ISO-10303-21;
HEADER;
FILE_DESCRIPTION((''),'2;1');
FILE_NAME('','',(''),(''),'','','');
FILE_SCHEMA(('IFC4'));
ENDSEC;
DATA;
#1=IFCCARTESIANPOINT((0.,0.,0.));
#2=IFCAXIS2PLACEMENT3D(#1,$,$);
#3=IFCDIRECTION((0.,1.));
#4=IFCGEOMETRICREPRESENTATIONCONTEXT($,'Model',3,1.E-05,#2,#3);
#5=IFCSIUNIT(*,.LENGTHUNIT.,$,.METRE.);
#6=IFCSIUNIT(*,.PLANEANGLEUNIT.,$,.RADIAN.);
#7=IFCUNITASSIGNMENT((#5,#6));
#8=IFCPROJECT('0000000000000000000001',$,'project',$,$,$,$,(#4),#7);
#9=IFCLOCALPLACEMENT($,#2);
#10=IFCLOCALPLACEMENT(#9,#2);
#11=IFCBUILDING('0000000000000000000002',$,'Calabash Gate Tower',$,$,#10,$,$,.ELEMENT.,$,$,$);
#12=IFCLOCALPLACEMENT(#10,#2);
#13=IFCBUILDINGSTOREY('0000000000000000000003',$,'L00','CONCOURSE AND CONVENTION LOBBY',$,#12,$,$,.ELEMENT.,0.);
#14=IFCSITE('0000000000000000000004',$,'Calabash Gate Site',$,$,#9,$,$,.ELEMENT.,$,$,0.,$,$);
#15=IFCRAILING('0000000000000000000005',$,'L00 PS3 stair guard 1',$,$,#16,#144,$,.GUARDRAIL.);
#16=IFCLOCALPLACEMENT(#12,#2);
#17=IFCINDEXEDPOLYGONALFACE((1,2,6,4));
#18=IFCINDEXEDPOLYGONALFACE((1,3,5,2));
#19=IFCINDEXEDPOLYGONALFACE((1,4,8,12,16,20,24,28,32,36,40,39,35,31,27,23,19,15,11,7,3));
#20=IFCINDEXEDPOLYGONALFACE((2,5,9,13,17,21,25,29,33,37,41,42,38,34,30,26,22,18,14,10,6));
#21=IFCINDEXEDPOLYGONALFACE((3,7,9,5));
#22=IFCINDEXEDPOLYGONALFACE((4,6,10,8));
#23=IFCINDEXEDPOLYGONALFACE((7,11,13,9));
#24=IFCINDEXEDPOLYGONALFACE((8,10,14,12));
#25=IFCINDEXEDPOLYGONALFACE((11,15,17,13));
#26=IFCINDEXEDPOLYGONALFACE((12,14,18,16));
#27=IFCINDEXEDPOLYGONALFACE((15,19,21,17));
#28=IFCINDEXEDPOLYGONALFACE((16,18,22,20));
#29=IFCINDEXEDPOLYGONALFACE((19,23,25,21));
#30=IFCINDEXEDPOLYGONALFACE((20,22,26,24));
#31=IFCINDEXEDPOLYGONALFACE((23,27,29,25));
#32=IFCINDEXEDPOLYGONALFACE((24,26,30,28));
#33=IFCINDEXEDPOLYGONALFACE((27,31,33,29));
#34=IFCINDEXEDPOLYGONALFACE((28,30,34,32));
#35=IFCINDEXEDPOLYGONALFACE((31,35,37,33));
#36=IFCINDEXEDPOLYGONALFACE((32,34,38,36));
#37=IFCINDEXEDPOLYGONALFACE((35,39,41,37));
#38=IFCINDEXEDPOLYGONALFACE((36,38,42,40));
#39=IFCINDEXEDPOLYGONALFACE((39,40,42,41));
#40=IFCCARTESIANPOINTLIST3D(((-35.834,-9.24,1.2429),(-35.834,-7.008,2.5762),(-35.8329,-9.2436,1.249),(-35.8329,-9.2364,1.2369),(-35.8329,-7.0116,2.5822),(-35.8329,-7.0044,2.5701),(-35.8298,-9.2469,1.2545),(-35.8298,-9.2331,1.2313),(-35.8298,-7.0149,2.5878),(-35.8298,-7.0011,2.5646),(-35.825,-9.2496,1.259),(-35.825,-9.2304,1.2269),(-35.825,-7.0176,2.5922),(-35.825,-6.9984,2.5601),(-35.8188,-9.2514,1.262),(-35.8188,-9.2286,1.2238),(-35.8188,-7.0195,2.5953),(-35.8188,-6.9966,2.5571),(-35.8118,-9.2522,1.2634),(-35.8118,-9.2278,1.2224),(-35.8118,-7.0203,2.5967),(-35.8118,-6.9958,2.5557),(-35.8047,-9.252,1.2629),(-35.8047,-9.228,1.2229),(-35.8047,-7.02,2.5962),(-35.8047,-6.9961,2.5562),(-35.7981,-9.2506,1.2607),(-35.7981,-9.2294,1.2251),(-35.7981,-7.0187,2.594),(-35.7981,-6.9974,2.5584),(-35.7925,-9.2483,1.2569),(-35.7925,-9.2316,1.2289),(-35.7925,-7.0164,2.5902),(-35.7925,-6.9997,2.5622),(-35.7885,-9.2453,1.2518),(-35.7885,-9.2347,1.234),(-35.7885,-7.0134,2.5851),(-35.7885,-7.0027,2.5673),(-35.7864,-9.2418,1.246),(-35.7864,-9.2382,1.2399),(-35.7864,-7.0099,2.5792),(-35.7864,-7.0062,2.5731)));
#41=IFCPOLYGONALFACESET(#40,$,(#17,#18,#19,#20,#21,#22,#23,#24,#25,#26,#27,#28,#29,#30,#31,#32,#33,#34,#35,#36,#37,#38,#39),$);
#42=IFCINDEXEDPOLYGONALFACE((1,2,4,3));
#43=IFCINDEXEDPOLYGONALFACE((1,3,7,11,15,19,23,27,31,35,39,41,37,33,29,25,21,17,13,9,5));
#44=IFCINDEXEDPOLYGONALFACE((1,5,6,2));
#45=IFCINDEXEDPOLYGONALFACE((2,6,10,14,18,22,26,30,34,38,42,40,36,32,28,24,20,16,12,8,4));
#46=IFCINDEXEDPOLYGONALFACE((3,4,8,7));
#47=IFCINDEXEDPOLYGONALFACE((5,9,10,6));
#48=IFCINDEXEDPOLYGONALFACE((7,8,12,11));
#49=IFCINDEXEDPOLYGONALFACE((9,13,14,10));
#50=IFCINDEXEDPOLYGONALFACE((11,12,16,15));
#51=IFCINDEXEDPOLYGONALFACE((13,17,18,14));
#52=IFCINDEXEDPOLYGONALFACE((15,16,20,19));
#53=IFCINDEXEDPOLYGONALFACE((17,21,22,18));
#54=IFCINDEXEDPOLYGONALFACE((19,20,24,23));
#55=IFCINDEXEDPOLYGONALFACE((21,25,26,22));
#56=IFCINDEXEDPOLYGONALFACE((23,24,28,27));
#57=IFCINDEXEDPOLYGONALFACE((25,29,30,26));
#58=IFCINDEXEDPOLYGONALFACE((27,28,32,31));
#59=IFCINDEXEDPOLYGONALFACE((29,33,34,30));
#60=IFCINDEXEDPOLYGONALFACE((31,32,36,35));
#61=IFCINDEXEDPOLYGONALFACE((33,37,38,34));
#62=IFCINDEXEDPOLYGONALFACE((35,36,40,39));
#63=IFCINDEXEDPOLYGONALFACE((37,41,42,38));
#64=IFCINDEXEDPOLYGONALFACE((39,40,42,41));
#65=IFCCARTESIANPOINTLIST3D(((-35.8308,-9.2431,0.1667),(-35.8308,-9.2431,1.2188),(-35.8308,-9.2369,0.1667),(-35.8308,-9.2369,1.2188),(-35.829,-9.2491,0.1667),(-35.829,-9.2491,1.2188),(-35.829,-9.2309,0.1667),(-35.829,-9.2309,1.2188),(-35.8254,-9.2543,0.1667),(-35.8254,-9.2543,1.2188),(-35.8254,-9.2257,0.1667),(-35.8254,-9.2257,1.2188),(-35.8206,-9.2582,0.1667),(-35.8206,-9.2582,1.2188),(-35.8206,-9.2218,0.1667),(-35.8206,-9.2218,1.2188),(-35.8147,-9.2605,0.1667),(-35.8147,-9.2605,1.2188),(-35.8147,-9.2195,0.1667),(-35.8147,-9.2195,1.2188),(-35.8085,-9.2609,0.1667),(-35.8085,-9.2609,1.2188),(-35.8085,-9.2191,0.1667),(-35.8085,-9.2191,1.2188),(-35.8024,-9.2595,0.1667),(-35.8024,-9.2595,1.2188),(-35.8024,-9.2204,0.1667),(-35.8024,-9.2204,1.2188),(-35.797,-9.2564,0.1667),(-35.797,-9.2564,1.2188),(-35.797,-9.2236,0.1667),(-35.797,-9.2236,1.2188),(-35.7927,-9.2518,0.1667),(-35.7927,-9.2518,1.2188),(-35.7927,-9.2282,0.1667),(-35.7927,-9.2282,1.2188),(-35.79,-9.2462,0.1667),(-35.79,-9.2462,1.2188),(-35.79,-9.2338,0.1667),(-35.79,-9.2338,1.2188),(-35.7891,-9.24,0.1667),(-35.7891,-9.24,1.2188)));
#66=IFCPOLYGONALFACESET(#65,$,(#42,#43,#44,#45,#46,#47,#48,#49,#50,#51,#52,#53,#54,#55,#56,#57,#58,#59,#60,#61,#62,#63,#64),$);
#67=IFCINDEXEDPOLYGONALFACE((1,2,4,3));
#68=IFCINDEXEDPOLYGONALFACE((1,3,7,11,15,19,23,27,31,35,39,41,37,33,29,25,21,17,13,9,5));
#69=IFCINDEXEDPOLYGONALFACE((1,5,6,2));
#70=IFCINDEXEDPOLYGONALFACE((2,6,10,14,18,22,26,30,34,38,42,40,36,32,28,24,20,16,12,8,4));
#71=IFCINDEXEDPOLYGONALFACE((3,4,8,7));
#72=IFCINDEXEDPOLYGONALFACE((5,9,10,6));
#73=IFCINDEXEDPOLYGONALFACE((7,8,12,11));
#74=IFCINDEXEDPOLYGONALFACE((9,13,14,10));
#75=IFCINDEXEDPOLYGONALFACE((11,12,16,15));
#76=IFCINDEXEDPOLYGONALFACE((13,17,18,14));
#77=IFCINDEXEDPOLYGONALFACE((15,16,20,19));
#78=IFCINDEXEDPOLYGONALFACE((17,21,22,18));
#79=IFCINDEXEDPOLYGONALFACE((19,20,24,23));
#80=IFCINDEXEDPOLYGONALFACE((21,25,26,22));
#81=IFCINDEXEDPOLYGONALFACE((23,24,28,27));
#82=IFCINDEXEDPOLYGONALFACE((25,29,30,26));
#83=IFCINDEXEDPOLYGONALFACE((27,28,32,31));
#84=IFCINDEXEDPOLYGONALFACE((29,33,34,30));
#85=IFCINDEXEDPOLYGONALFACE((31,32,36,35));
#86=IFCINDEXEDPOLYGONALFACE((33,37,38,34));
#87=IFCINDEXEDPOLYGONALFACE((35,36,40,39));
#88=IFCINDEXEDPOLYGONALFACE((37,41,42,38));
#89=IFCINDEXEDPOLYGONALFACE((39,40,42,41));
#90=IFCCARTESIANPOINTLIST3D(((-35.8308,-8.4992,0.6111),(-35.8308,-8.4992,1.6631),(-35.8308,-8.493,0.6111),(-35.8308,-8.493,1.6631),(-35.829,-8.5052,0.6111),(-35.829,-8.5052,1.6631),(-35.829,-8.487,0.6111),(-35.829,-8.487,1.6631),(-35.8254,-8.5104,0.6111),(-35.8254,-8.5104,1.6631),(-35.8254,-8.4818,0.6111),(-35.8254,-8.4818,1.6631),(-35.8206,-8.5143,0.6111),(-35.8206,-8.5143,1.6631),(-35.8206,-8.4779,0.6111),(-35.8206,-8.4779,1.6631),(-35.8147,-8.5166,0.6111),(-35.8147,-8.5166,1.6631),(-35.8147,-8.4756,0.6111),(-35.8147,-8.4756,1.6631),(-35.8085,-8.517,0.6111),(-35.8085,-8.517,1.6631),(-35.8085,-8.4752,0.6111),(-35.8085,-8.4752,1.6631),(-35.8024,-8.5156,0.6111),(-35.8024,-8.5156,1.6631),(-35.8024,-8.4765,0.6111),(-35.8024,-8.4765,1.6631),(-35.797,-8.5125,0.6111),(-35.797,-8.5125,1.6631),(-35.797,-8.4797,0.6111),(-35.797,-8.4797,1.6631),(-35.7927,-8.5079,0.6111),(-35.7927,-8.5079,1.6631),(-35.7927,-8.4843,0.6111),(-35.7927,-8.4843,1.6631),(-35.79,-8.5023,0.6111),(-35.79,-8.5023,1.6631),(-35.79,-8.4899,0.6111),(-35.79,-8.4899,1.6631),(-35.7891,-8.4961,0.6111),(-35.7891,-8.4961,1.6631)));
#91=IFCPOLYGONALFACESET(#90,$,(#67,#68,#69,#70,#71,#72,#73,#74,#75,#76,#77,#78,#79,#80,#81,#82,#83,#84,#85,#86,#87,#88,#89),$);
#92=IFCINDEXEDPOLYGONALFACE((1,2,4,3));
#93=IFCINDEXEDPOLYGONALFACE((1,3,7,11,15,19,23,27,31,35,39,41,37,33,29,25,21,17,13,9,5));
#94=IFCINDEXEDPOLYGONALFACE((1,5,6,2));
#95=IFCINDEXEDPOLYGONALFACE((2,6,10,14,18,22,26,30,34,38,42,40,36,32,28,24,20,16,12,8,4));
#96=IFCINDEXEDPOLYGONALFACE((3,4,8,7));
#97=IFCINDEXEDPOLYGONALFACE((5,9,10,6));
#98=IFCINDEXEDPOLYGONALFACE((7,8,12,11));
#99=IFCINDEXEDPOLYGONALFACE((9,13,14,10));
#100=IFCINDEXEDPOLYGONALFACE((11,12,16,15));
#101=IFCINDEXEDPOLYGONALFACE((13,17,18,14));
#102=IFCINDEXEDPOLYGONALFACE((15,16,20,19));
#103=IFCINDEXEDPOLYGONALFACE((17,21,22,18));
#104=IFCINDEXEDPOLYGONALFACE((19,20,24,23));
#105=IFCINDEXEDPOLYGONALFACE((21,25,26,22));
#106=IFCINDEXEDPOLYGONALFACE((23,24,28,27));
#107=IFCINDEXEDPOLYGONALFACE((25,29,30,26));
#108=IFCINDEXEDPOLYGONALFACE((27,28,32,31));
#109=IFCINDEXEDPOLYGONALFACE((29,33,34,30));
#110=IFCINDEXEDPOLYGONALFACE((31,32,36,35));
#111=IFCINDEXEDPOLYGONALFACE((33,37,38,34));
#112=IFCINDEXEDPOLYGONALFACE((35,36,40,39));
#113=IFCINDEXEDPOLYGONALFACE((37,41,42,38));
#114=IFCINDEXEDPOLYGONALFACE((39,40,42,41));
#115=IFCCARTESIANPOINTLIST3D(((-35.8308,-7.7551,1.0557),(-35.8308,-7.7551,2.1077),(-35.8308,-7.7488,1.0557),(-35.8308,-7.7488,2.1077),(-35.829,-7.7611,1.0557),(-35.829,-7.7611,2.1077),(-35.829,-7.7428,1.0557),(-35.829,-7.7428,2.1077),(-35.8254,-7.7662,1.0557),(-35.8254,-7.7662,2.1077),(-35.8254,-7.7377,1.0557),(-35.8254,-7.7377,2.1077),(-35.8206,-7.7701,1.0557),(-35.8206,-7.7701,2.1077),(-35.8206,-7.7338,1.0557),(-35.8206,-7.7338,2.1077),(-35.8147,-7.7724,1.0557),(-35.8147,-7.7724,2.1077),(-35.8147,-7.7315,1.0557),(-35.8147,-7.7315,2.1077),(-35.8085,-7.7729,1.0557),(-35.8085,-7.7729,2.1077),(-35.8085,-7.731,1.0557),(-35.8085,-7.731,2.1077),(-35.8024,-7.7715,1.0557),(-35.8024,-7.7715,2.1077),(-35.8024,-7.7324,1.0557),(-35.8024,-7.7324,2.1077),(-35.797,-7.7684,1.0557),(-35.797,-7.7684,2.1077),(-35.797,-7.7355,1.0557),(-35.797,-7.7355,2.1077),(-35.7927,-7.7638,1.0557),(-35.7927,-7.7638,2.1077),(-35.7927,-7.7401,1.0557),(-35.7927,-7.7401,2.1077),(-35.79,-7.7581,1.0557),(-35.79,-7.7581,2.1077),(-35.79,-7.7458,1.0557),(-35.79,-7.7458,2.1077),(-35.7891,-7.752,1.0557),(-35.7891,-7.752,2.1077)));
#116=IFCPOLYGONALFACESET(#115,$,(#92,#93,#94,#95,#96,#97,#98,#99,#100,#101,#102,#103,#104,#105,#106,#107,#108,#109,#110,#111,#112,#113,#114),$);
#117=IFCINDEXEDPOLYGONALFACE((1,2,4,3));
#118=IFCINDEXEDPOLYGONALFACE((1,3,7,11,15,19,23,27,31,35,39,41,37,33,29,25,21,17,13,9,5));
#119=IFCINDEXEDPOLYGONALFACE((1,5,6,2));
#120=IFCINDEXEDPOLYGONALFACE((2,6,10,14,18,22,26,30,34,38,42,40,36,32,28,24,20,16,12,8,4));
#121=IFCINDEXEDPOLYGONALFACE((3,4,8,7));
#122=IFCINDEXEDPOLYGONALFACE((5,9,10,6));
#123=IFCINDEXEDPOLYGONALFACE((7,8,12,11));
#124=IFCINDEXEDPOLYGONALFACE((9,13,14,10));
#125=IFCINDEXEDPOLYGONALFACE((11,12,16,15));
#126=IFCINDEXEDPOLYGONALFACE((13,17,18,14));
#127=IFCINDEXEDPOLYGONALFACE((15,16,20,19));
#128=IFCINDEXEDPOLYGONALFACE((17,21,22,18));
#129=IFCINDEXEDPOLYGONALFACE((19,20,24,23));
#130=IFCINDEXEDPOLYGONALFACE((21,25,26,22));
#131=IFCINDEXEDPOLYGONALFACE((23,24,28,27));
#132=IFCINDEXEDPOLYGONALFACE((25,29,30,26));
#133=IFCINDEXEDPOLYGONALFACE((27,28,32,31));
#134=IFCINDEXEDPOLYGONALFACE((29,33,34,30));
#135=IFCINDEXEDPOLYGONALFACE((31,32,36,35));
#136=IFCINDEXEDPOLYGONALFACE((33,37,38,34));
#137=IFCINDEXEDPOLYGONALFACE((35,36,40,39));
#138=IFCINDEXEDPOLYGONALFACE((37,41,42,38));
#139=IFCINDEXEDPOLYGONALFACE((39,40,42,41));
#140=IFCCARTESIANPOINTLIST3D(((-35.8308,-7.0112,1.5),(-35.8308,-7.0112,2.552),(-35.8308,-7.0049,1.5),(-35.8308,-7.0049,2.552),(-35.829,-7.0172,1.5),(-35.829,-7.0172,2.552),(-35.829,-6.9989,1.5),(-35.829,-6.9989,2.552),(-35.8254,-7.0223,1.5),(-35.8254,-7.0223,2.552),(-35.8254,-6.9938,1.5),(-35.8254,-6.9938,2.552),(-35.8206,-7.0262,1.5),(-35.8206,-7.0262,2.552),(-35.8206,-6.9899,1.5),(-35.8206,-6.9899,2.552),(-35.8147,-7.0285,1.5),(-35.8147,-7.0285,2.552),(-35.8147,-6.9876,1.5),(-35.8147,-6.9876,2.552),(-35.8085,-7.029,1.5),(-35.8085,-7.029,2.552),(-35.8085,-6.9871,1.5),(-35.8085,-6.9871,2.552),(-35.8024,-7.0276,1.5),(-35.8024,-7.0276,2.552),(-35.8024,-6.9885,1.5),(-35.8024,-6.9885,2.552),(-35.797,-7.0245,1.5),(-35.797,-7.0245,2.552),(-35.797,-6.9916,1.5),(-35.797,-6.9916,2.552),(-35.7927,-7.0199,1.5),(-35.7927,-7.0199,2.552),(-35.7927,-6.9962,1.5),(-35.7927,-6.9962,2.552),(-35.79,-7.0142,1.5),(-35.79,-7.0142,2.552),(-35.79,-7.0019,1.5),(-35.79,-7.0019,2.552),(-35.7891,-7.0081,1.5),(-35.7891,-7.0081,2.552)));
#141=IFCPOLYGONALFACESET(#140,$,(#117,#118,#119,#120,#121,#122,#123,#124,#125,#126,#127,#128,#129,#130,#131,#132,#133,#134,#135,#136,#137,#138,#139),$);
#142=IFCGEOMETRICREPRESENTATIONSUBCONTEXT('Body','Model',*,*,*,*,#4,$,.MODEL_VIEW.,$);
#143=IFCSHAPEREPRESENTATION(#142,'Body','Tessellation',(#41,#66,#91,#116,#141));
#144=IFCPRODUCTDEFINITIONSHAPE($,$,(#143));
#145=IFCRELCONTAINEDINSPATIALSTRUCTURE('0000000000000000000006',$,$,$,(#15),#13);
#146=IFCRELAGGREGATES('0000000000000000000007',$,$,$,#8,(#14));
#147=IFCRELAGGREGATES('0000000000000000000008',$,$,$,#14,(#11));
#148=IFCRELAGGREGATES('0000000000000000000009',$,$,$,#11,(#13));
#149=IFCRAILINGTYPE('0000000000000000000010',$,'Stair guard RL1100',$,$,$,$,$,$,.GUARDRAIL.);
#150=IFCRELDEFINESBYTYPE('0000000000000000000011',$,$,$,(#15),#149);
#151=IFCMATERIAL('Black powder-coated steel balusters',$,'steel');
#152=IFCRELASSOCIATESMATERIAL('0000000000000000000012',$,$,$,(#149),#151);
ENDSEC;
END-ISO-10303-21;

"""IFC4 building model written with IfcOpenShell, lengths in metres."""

from ifc_helpers import new_model, si_unit, direction, frame, origin, origin_2d, place, context, subcontext, project, spatial, circle, extrude, material, type_object, element, save


model = new_model("IFC4")

# Units and contexts
model_context = context("Model", 3, precision=1e-05, world=origin(), true_north=direction((0.0, 1.0)))
body_context = subcontext(model_context, "Body", "Model", "MODEL_VIEW")
ifc_project = project(units=[si_unit("LENGTHUNIT", "METRE"), si_unit("PLANEANGLEUNIT", "RADIAN")], contexts=[model_context])

# Site, building, storey
site_placement = place(None, origin())
site = spatial("IfcSite", under=ifc_project, at=site_placement, Name="Calabash Gate Site", CompositionType="ELEMENT", RefElevation=0.0)
building_placement = place(site_placement, origin())
building = spatial("IfcBuilding", under=site, at=building_placement, Name="Calabash Gate Tower", CompositionType="ELEMENT")
storey_placement = place(building_placement, origin())
storey = spatial("IfcBuildingStorey", under=building, at=storey_placement, Name="L00", Description="CONCOURSE AND CONVENTION LOBBY", CompositionType="ELEMENT", Elevation=0.0)

# Railing
ifc_material_1 = material(Name="Black powder-coated steel balusters", Category="steel")
railing_type_1 = type_object("IfcRailingType", Name="Stair guard RL1100", PredefinedType="GUARDRAIL", material=ifc_material_1)
railing_1_placement = place(storey_placement, frame((-35.8101, -9.24, 0.1667)))
element("IfcRailing", 1, at=railing_1_placement, inside=storey, type_object=railing_type_1, Name="L00 PS3 stair guard 1", PredefinedType="GUARDRAIL", context=body_context, shape_type="SweptSolid", body=[
    extrude(circle(Radius=0.0239, at=origin_2d()), frame((0.0, 0.0, 1.0762), z_axis=(0.0, 0.858494, 0.512824), x_axis=(-1.0, 0.0, 0.0)), (0.0, 0.0, 1.0), 2.5999),
    extrude(circle(Radius=0.021, at=origin_2d()), origin(), (0.0, 0.0, 1.0), 1.052),
    extrude(circle(Radius=0.021, at=origin_2d()), frame((0.0, 0.7439, 0.4443)), (0.0, 0.0, 1.0), 1.052),
    extrude(circle(Radius=0.021, at=origin_2d()), frame((0.0, 1.488, 0.8889)), (0.0, 0.0, 1.0), 1.052),
    extrude(circle(Radius=0.021, at=origin_2d()), frame((0.0, 2.2319, 1.3333)), (0.0, 0.0, 1.0), 1.052),
])

save(model, "model.ifc")
